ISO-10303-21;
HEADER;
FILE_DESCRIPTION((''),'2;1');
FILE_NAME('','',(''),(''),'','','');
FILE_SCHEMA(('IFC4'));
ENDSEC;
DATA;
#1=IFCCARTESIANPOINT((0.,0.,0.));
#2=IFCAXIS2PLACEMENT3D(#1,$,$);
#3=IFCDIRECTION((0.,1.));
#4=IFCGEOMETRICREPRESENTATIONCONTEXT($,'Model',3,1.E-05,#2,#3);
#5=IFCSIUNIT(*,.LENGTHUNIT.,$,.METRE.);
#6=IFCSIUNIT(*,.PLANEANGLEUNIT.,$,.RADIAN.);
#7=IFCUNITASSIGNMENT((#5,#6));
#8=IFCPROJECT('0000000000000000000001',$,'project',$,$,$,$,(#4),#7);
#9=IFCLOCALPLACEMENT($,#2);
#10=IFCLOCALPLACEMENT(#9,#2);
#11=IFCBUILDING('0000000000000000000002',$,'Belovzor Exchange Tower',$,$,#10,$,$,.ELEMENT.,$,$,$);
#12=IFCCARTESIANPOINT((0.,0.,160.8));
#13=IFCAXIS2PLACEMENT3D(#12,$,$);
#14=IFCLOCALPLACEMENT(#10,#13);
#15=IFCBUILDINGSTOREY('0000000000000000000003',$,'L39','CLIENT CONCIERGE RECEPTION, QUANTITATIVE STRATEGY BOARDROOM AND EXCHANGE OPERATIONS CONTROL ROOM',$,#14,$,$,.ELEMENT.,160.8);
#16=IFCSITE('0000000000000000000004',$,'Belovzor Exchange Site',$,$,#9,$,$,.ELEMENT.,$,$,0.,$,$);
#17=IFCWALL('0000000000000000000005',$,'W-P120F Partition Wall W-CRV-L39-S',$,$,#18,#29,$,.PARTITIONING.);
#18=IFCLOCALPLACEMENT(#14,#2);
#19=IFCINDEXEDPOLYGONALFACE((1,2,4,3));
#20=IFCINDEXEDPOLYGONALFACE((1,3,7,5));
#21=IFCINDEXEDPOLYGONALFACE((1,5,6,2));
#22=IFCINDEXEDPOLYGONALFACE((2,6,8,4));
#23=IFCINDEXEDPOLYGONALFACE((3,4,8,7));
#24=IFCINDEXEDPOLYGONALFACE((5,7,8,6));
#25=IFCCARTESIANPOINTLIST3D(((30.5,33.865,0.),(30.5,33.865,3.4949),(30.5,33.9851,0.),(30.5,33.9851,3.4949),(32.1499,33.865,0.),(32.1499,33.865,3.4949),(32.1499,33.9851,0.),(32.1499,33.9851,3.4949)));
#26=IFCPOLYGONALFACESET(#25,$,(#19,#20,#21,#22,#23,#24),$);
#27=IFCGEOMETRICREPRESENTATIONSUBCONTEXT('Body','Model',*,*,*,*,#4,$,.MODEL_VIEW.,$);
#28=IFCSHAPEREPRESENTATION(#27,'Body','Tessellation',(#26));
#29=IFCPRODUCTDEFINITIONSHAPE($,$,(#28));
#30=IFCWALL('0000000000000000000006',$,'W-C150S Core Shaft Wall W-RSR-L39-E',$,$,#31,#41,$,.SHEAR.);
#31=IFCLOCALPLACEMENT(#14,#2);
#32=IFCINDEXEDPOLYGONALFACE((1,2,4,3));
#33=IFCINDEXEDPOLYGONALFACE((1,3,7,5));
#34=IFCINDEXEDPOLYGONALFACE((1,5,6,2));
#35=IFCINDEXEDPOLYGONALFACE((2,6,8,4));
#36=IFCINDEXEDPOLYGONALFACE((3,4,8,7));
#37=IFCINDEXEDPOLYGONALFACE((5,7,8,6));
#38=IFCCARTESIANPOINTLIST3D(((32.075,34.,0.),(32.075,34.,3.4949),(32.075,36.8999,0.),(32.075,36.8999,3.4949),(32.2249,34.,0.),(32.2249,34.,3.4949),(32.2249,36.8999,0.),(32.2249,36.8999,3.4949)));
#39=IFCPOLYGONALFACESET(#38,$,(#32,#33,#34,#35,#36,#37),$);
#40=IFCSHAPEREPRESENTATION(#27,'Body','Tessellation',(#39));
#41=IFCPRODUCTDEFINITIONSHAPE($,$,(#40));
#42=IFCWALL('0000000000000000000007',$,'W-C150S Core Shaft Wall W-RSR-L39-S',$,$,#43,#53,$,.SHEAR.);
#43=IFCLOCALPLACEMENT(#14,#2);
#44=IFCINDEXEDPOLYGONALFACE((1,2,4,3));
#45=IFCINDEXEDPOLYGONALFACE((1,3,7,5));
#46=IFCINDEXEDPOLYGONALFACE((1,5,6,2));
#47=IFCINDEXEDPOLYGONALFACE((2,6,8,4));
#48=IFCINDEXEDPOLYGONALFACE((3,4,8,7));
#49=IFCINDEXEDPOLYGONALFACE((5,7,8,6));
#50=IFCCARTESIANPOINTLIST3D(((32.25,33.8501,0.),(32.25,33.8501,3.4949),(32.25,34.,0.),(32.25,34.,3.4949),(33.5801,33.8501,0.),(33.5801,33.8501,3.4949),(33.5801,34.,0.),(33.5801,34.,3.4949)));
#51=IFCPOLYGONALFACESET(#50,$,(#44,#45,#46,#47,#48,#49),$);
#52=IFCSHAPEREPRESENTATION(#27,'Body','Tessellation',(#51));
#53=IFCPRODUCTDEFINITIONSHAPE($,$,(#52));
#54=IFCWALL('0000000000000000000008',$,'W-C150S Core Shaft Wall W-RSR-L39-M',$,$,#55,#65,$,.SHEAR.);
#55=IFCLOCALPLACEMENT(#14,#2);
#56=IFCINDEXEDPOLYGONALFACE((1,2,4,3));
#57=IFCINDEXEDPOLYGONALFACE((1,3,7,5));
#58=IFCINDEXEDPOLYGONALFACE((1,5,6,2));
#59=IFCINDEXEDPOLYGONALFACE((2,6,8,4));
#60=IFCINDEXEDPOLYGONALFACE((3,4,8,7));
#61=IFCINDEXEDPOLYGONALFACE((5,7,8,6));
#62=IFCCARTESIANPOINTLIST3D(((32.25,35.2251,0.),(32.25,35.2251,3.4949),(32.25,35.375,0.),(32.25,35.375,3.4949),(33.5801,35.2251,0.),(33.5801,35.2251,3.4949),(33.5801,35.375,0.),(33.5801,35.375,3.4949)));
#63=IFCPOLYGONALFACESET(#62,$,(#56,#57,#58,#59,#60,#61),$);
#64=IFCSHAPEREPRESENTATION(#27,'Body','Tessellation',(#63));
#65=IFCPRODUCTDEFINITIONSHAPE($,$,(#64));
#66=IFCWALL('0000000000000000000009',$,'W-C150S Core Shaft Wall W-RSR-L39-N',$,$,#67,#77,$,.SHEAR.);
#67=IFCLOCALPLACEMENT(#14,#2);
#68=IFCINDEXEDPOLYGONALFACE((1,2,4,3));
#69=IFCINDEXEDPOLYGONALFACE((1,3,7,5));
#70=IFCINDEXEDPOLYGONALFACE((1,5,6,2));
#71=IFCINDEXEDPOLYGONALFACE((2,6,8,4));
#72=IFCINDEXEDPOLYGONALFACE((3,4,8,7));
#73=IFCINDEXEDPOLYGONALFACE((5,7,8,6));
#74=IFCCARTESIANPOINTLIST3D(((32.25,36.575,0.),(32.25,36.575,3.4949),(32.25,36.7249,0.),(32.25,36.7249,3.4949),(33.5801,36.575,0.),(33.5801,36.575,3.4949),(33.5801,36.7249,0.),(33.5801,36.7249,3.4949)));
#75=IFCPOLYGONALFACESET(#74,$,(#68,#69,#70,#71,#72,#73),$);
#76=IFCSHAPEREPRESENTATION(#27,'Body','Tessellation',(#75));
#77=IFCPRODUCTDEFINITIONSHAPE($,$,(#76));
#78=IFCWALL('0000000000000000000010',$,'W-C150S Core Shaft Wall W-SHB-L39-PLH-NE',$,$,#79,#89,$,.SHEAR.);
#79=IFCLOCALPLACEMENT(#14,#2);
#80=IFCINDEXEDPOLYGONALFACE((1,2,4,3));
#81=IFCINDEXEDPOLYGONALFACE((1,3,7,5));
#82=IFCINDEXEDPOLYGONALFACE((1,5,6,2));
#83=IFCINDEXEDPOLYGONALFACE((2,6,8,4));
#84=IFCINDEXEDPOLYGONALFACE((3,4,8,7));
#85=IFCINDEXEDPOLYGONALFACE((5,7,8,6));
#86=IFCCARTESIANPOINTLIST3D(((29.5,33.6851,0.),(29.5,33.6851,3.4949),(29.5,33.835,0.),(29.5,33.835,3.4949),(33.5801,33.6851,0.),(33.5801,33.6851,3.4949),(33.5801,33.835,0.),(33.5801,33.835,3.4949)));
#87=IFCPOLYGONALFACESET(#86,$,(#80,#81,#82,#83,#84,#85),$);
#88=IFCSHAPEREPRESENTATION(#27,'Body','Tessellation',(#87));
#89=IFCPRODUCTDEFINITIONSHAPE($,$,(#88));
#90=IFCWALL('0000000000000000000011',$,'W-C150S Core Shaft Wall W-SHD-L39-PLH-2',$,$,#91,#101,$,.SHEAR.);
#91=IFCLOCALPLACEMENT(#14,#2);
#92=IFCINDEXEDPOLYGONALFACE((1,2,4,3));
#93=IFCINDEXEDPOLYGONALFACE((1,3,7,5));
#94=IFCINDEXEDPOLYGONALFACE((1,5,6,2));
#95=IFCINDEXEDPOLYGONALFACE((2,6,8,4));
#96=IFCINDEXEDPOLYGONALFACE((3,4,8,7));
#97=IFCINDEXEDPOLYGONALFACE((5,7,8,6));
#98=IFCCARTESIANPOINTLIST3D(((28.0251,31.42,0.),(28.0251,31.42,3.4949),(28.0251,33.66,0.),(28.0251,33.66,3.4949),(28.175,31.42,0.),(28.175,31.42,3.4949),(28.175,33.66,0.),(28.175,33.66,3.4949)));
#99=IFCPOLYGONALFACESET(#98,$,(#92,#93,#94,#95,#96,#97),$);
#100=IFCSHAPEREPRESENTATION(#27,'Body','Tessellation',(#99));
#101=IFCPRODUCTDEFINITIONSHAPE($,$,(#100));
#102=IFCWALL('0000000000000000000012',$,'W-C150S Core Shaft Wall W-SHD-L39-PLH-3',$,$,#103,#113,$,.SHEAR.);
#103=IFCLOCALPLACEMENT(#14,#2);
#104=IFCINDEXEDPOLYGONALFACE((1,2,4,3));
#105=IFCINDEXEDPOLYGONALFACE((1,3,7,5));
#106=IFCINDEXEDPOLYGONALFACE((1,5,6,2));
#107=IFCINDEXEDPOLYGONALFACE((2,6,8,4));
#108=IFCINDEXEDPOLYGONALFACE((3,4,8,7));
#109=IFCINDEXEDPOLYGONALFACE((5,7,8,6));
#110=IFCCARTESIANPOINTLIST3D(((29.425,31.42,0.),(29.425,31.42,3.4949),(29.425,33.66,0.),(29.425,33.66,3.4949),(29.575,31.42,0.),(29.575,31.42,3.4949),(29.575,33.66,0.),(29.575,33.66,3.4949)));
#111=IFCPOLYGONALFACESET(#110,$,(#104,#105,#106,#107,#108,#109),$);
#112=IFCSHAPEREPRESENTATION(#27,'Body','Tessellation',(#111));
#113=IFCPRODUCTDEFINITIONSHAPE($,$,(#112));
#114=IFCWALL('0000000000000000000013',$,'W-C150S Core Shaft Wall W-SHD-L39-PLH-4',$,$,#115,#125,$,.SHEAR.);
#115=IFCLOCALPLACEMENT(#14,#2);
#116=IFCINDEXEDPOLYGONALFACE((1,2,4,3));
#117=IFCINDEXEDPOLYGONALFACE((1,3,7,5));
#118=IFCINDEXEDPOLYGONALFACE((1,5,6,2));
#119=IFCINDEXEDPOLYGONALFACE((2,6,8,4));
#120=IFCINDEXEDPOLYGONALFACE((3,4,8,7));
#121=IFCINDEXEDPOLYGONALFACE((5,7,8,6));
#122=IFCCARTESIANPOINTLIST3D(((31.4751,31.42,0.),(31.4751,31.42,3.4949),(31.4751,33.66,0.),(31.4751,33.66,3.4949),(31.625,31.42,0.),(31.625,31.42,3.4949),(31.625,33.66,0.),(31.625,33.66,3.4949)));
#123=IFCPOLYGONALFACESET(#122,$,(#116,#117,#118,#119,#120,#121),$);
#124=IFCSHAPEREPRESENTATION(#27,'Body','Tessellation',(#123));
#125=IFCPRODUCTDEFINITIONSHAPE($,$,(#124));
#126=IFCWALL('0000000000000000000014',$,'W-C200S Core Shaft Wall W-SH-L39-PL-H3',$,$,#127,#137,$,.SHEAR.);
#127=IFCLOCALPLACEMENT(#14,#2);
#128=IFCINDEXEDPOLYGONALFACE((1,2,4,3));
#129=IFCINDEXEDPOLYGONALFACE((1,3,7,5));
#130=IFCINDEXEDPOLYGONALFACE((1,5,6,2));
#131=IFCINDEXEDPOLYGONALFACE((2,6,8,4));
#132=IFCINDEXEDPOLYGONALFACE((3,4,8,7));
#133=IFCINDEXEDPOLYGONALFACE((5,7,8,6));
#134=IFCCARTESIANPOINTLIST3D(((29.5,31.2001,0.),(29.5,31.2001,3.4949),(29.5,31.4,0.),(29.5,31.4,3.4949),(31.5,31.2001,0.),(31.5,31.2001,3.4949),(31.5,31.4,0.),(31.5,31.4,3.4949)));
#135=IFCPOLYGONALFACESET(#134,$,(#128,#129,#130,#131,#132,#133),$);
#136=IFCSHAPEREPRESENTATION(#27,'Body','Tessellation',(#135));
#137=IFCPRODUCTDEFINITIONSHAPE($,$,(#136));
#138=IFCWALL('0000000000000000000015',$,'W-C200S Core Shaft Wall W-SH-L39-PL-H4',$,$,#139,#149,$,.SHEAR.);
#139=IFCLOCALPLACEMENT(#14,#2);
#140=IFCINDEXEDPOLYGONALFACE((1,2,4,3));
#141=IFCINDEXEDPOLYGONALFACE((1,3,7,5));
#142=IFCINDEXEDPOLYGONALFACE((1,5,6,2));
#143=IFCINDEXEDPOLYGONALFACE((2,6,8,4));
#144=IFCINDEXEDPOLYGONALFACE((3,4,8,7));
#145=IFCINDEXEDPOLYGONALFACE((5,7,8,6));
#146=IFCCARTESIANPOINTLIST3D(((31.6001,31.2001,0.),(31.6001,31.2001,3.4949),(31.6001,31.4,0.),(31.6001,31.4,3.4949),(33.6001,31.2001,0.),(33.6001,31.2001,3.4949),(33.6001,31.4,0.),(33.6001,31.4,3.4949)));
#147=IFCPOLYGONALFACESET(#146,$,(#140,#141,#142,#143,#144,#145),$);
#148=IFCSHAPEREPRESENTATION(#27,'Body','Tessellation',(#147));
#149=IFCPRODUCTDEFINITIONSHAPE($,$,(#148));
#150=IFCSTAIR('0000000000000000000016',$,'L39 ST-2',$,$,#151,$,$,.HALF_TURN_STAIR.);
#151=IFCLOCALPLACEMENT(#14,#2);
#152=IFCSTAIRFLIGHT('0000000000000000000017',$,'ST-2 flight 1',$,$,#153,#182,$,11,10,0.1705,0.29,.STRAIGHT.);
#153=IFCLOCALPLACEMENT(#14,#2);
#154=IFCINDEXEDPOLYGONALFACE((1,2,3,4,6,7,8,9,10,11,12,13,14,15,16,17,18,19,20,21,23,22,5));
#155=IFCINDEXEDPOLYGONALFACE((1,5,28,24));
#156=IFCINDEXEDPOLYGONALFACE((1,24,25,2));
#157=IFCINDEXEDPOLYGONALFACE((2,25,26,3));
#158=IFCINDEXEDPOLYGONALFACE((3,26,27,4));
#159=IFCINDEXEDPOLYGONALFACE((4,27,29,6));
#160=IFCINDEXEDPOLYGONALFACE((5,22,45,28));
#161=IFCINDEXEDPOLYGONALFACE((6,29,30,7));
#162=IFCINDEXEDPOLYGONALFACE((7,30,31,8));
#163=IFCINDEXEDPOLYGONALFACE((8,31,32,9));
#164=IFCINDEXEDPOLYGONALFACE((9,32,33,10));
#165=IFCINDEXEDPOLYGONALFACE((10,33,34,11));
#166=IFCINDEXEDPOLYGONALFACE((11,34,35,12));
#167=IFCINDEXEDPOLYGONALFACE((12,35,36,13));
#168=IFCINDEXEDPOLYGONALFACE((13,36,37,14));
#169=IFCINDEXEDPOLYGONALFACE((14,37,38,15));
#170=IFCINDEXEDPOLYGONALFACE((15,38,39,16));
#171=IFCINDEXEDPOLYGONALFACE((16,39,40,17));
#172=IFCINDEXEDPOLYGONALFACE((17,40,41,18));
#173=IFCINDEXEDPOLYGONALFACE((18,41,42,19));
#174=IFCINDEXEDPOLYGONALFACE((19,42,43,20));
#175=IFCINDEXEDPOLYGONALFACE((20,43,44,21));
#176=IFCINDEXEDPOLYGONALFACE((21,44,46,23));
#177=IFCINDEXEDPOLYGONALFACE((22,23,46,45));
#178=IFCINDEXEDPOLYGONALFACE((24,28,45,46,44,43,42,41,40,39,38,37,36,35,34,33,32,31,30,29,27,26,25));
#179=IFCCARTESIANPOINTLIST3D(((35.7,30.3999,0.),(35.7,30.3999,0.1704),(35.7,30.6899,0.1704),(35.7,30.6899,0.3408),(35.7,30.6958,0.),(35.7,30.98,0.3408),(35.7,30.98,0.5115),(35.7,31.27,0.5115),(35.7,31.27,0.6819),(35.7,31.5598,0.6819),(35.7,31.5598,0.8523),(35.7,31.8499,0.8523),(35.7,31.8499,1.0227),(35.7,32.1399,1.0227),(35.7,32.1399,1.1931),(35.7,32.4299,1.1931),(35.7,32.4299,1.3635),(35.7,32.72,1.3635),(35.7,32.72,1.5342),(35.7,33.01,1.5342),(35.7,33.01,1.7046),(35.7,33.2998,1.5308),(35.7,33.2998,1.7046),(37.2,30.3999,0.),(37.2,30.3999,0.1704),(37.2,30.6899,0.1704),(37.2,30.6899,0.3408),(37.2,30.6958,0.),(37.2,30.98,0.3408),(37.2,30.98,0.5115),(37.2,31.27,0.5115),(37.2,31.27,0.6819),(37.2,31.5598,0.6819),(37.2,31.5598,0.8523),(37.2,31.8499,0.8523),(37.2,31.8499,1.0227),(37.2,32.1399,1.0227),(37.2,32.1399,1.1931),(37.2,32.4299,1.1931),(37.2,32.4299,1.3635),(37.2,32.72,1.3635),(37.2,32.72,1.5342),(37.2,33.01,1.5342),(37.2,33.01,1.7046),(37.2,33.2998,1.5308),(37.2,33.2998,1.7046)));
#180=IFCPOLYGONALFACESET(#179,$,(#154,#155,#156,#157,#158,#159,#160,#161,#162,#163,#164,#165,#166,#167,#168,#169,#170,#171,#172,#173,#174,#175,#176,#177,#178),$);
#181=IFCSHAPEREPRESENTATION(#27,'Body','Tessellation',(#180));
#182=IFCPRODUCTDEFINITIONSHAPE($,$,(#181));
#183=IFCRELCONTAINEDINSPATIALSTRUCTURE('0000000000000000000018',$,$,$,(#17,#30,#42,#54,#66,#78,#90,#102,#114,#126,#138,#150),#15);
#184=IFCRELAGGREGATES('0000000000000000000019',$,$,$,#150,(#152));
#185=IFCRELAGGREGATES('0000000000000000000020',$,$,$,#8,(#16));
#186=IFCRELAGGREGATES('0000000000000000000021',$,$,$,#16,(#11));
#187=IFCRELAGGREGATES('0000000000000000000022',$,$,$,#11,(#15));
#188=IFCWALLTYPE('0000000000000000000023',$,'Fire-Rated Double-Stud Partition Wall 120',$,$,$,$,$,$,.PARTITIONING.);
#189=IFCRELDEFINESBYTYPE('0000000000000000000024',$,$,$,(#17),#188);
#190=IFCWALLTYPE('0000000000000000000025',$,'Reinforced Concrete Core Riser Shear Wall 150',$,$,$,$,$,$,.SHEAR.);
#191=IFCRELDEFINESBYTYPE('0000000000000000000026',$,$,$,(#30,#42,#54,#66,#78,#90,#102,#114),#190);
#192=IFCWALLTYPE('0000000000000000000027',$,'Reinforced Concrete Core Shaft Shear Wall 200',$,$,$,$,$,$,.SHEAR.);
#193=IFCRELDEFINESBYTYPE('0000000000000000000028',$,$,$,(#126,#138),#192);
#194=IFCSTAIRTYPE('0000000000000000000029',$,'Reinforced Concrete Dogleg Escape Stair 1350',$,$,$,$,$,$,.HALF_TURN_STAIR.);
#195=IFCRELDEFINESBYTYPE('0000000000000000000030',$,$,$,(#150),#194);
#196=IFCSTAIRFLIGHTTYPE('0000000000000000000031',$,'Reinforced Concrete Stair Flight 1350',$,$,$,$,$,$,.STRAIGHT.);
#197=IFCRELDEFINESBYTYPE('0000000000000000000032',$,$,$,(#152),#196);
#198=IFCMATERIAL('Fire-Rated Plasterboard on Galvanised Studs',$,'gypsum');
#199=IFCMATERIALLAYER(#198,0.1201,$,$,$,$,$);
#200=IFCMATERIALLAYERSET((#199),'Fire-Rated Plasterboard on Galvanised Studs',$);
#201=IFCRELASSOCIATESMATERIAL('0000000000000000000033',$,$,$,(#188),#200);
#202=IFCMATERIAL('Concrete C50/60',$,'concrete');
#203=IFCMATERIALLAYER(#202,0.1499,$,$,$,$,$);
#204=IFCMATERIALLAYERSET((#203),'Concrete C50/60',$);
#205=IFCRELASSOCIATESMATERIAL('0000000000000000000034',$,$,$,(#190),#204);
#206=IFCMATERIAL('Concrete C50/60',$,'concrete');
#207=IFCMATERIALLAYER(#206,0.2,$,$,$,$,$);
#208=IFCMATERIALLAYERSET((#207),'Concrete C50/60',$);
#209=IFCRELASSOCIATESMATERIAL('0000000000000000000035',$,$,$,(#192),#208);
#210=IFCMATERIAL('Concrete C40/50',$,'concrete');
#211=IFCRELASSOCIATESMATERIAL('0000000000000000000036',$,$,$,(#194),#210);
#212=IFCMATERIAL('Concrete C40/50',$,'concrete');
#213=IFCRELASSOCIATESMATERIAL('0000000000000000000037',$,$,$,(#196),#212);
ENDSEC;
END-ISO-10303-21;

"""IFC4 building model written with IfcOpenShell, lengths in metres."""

from ifc_helpers import new_model, si_unit, direction, frame, frame_2d, origin, place, context, subcontext, project, spatial, polyline, rectangle, outline, extrude, material, layer, layer_set, type_object, element, aggregate, save


model = new_model("IFC4")

# Units and contexts
model_context = context("Model", 3, precision=1e-05, world=origin(), true_north=direction((0.0, 1.0)))
body_context = subcontext(model_context, "Body", "Model", "MODEL_VIEW")
ifc_project = project(units=[si_unit("LENGTHUNIT", "METRE"), si_unit("PLANEANGLEUNIT", "RADIAN")], contexts=[model_context])

# Site, building, storey
site_placement = place(None, origin())
site = spatial("IfcSite", under=ifc_project, at=site_placement, Name="Belovzor Exchange Site", CompositionType="ELEMENT", RefElevation=0.0)
building_placement = place(site_placement, origin())
building = spatial("IfcBuilding", under=site, at=building_placement, Name="Belovzor Exchange Tower", CompositionType="ELEMENT")
storey_placement = place(building_placement, frame((0.0, 0.0, 160.8)))
storey = spatial("IfcBuildingStorey", under=building, at=storey_placement, Name="L39", Description="CLIENT CONCIERGE RECEPTION, QUANTITATIVE STRATEGY BOARDROOM AND EXCHANGE OPERATIONS CONTROL ROOM", CompositionType="ELEMENT", Elevation=160.8)

# Shared definitions
ifc_material_1 = material(Name="Fire-Rated Plasterboard on Galvanised Studs", Category="gypsum")
ifc_layer_1 = layer(ifc_material_1, 0.1201)
ifc_layer_set_1 = layer_set([ifc_layer_1], Name="Fire-Rated Plasterboard on Galvanised Studs")
wall_type_1 = type_object("IfcWallType", Name="Fire-Rated Double-Stud Partition Wall 120", PredefinedType="PARTITIONING", material=ifc_layer_set_1)

# Walls
wall_1_placement = place(storey_placement, frame((30.5, 33.925, 0.0), z_axis=(0.0, 0.0, 1.0), x_axis=(1.0, 0.0, 0.0)))
element("IfcWall", 1, at=wall_1_placement, inside=storey, type_object=wall_type_1, Name="W-P120F Partition Wall W-CRV-L39-S", PredefinedType="PARTITIONING", context=body_context, shape_type="SweptSolid", body=[
    extrude(rectangle(XDim=1.6499, YDim=0.1201, at=frame_2d((0.825, 0.0))), origin(), (0.0, 0.0, 1.0), 3.4949),
])
ifc_material_2 = material(Name="Concrete C50/60", Category="concrete")
ifc_layer_2 = layer(ifc_material_2, 0.1499)
ifc_layer_set_2 = layer_set([ifc_layer_2], Name="Concrete C50/60")
wall_type_2 = type_object("IfcWallType", Name="Reinforced Concrete Core Riser Shear Wall 150", PredefinedType="SHEAR", material=ifc_layer_set_2)
wall_2_placement = place(storey_placement, frame((32.1499, 34.0, 0.0), z_axis=(0.0, 0.0, 1.0), x_axis=(0.0, 1.0, 0.0)))
element("IfcWall", 2, at=wall_2_placement, inside=storey, type_object=wall_type_2, Name="W-C150S Core Shaft Wall W-RSR-L39-E", PredefinedType="SHEAR", context=body_context, shape_type="SweptSolid", body=[
    extrude(rectangle(XDim=2.8999, YDim=0.1499, at=frame_2d((1.45, 0.0))), origin(), (0.0, 0.0, 1.0), 3.4949),
])
for number, where, z_axis, x_axis, name in (
    (3, (32.25, 33.925, 0.0), (0.0, 0.0, 1.0), (1.0, 0.0, 0.0), "W-C150S Core Shaft Wall W-RSR-L39-S"),
    (4, (32.25, 35.3, 0.0), (0.0, 0.0, 1.0), (1.0, 0.0, 0.0), "W-C150S Core Shaft Wall W-RSR-L39-M"),
    (5, (32.25, 36.6499, 0.0), (0.0, 0.0, 1.0), (1.0, 0.0, 0.0), "W-C150S Core Shaft Wall W-RSR-L39-N"),
):
    element("IfcWall", number, at=place(storey_placement, frame(where, z_axis=z_axis, x_axis=x_axis)), inside=storey, type_object=wall_type_2, Name=name, PredefinedType="SHEAR", context=body_context, shape_type="SweptSolid", body=[
        extrude(rectangle(XDim=1.3301, YDim=0.1499, at=frame_2d((0.665, 0.0))), origin(), (0.0, 0.0, 1.0), 3.4949),
    ])
wall_3_placement = place(storey_placement, frame((29.5, 33.76, 0.0), z_axis=(0.0, 0.0, 1.0), x_axis=(1.0, 0.0, 0.0)))
element("IfcWall", 6, at=wall_3_placement, inside=storey, type_object=wall_type_2, Name="W-C150S Core Shaft Wall W-SHB-L39-PLH-NE", PredefinedType="SHEAR", context=body_context, shape_type="SweptSolid", body=[
    extrude(rectangle(XDim=4.0801, YDim=0.1499, at=frame_2d((2.04, 0.0))), origin(), (0.0, 0.0, 1.0), 3.4949),
])
for number, where, z_axis, x_axis, name in (
    (7, (28.1001, 31.4199, 0.0), (0.0, 0.0, 1.0), (0.0, 1.0, 0.0), "W-C150S Core Shaft Wall W-SHD-L39-PLH-2"),
    (8, (29.5, 31.4199, 0.0), (0.0, 0.0, 1.0), (0.0, 1.0, 0.0), "W-C150S Core Shaft Wall W-SHD-L39-PLH-3"),
    (9, (31.55, 31.4199, 0.0), (0.0, 0.0, 1.0), (0.0, 1.0, 0.0), "W-C150S Core Shaft Wall W-SHD-L39-PLH-4"),
):
    element("IfcWall", number, at=place(storey_placement, frame(where, z_axis=z_axis, x_axis=x_axis)), inside=storey, type_object=wall_type_2, Name=name, PredefinedType="SHEAR", context=body_context, shape_type="SweptSolid", body=[
        extrude(rectangle(XDim=2.24, YDim=0.1499, at=frame_2d((1.1201, 0.0))), origin(), (0.0, 0.0, 1.0), 3.4949),
    ])
ifc_material_3 = material(Name="Concrete C50/60", Category="concrete")
ifc_layer_3 = layer(ifc_material_3, 0.2)
ifc_layer_set_3 = layer_set([ifc_layer_3], Name="Concrete C50/60")
wall_type_3 = type_object("IfcWallType", Name="Reinforced Concrete Core Shaft Shear Wall 200", PredefinedType="SHEAR", material=ifc_layer_set_3)
for number, where, z_axis, x_axis, name in (
    (10, (29.5, 31.3, 0.0), (0.0, 0.0, 1.0), (1.0, 0.0, 0.0), "W-C200S Core Shaft Wall W-SH-L39-PL-H3"),
    (11, (31.6001, 31.3, 0.0), (0.0, 0.0, 1.0), (1.0, 0.0, 0.0), "W-C200S Core Shaft Wall W-SH-L39-PL-H4"),
):
    element("IfcWall", number, at=place(storey_placement, frame(where, z_axis=z_axis, x_axis=x_axis)), inside=storey, type_object=wall_type_3, Name=name, PredefinedType="SHEAR", context=body_context, shape_type="SweptSolid", body=[
        extrude(rectangle(XDim=2.0, YDim=0.2, at=frame_2d((1.0, 0.0))), origin(), (0.0, 0.0, 1.0), 3.4949),
    ])

# Stair, stair flight
ifc_material_4 = material(Name="Concrete C40/50", Category="concrete")
stair_type = type_object("IfcStairType", Name="Reinforced Concrete Dogleg Escape Stair 1350", PredefinedType="HALF_TURN_STAIR", material=ifc_material_4)
stair_placement = place(storey_placement, origin())
stair = element("IfcStair", 12, at=stair_placement, inside=storey, type_object=stair_type, Name="L39 ST-2", PredefinedType="HALF_TURN_STAIR")
ifc_material_5 = material(Name="Concrete C40/50", Category="concrete")
stair_flight_type = type_object("IfcStairFlightType", Name="Reinforced Concrete Stair Flight 1350", PredefinedType="STRAIGHT", material=ifc_material_5)
stair_flight_1_placement = place(storey_placement, frame((36.45, 30.3999, 0.0), z_axis=(0.0, 0.0, 1.0), x_axis=(0.0, 1.0, 0.0)))
stair_flight_1 = element("IfcStairFlight", 13, at=stair_flight_1_placement, type_object=stair_flight_type, Name="ST-2 flight 1", NumberOfRisers=11, NumberOfTreads=10, PredefinedType="STRAIGHT", RiserHeight=0.1705, TreadLength=0.29, context=body_context, shape_type="SweptSolid", body=[
    extrude(outline(polyline([(0.0, 0.0), (0.0, 0.1704), (0.29, 0.1704), (0.29, 0.3408), (0.5801, 0.3408), (0.5801, 0.5115), (0.8701, 0.5115), (0.8701, 0.6819), (1.1599, 0.6819), (1.1599, 0.8523), (1.45, 0.8523), (1.45, 1.0227), (1.74, 1.0227), (1.74, 1.1931), (2.03, 1.1931), (2.03, 1.3635), (2.3201, 1.3635), (2.3201, 1.5342), (2.6101, 1.5342), (2.6101, 1.7046), (2.8999, 1.7046), (2.8999, 1.875), (2.8999, 1.5308), (0.2959, 0.0), (0.0, 0.0)])), frame((0.0, 0.75, 0.0), z_axis=(0.0, -1.0, 0.0), x_axis=(1.0, 0.0, 0.0)), (0.0, 0.0, 1.0), 1.5),
])
aggregate(stair, [stair_flight_1])

save(model, "model.ifc")
